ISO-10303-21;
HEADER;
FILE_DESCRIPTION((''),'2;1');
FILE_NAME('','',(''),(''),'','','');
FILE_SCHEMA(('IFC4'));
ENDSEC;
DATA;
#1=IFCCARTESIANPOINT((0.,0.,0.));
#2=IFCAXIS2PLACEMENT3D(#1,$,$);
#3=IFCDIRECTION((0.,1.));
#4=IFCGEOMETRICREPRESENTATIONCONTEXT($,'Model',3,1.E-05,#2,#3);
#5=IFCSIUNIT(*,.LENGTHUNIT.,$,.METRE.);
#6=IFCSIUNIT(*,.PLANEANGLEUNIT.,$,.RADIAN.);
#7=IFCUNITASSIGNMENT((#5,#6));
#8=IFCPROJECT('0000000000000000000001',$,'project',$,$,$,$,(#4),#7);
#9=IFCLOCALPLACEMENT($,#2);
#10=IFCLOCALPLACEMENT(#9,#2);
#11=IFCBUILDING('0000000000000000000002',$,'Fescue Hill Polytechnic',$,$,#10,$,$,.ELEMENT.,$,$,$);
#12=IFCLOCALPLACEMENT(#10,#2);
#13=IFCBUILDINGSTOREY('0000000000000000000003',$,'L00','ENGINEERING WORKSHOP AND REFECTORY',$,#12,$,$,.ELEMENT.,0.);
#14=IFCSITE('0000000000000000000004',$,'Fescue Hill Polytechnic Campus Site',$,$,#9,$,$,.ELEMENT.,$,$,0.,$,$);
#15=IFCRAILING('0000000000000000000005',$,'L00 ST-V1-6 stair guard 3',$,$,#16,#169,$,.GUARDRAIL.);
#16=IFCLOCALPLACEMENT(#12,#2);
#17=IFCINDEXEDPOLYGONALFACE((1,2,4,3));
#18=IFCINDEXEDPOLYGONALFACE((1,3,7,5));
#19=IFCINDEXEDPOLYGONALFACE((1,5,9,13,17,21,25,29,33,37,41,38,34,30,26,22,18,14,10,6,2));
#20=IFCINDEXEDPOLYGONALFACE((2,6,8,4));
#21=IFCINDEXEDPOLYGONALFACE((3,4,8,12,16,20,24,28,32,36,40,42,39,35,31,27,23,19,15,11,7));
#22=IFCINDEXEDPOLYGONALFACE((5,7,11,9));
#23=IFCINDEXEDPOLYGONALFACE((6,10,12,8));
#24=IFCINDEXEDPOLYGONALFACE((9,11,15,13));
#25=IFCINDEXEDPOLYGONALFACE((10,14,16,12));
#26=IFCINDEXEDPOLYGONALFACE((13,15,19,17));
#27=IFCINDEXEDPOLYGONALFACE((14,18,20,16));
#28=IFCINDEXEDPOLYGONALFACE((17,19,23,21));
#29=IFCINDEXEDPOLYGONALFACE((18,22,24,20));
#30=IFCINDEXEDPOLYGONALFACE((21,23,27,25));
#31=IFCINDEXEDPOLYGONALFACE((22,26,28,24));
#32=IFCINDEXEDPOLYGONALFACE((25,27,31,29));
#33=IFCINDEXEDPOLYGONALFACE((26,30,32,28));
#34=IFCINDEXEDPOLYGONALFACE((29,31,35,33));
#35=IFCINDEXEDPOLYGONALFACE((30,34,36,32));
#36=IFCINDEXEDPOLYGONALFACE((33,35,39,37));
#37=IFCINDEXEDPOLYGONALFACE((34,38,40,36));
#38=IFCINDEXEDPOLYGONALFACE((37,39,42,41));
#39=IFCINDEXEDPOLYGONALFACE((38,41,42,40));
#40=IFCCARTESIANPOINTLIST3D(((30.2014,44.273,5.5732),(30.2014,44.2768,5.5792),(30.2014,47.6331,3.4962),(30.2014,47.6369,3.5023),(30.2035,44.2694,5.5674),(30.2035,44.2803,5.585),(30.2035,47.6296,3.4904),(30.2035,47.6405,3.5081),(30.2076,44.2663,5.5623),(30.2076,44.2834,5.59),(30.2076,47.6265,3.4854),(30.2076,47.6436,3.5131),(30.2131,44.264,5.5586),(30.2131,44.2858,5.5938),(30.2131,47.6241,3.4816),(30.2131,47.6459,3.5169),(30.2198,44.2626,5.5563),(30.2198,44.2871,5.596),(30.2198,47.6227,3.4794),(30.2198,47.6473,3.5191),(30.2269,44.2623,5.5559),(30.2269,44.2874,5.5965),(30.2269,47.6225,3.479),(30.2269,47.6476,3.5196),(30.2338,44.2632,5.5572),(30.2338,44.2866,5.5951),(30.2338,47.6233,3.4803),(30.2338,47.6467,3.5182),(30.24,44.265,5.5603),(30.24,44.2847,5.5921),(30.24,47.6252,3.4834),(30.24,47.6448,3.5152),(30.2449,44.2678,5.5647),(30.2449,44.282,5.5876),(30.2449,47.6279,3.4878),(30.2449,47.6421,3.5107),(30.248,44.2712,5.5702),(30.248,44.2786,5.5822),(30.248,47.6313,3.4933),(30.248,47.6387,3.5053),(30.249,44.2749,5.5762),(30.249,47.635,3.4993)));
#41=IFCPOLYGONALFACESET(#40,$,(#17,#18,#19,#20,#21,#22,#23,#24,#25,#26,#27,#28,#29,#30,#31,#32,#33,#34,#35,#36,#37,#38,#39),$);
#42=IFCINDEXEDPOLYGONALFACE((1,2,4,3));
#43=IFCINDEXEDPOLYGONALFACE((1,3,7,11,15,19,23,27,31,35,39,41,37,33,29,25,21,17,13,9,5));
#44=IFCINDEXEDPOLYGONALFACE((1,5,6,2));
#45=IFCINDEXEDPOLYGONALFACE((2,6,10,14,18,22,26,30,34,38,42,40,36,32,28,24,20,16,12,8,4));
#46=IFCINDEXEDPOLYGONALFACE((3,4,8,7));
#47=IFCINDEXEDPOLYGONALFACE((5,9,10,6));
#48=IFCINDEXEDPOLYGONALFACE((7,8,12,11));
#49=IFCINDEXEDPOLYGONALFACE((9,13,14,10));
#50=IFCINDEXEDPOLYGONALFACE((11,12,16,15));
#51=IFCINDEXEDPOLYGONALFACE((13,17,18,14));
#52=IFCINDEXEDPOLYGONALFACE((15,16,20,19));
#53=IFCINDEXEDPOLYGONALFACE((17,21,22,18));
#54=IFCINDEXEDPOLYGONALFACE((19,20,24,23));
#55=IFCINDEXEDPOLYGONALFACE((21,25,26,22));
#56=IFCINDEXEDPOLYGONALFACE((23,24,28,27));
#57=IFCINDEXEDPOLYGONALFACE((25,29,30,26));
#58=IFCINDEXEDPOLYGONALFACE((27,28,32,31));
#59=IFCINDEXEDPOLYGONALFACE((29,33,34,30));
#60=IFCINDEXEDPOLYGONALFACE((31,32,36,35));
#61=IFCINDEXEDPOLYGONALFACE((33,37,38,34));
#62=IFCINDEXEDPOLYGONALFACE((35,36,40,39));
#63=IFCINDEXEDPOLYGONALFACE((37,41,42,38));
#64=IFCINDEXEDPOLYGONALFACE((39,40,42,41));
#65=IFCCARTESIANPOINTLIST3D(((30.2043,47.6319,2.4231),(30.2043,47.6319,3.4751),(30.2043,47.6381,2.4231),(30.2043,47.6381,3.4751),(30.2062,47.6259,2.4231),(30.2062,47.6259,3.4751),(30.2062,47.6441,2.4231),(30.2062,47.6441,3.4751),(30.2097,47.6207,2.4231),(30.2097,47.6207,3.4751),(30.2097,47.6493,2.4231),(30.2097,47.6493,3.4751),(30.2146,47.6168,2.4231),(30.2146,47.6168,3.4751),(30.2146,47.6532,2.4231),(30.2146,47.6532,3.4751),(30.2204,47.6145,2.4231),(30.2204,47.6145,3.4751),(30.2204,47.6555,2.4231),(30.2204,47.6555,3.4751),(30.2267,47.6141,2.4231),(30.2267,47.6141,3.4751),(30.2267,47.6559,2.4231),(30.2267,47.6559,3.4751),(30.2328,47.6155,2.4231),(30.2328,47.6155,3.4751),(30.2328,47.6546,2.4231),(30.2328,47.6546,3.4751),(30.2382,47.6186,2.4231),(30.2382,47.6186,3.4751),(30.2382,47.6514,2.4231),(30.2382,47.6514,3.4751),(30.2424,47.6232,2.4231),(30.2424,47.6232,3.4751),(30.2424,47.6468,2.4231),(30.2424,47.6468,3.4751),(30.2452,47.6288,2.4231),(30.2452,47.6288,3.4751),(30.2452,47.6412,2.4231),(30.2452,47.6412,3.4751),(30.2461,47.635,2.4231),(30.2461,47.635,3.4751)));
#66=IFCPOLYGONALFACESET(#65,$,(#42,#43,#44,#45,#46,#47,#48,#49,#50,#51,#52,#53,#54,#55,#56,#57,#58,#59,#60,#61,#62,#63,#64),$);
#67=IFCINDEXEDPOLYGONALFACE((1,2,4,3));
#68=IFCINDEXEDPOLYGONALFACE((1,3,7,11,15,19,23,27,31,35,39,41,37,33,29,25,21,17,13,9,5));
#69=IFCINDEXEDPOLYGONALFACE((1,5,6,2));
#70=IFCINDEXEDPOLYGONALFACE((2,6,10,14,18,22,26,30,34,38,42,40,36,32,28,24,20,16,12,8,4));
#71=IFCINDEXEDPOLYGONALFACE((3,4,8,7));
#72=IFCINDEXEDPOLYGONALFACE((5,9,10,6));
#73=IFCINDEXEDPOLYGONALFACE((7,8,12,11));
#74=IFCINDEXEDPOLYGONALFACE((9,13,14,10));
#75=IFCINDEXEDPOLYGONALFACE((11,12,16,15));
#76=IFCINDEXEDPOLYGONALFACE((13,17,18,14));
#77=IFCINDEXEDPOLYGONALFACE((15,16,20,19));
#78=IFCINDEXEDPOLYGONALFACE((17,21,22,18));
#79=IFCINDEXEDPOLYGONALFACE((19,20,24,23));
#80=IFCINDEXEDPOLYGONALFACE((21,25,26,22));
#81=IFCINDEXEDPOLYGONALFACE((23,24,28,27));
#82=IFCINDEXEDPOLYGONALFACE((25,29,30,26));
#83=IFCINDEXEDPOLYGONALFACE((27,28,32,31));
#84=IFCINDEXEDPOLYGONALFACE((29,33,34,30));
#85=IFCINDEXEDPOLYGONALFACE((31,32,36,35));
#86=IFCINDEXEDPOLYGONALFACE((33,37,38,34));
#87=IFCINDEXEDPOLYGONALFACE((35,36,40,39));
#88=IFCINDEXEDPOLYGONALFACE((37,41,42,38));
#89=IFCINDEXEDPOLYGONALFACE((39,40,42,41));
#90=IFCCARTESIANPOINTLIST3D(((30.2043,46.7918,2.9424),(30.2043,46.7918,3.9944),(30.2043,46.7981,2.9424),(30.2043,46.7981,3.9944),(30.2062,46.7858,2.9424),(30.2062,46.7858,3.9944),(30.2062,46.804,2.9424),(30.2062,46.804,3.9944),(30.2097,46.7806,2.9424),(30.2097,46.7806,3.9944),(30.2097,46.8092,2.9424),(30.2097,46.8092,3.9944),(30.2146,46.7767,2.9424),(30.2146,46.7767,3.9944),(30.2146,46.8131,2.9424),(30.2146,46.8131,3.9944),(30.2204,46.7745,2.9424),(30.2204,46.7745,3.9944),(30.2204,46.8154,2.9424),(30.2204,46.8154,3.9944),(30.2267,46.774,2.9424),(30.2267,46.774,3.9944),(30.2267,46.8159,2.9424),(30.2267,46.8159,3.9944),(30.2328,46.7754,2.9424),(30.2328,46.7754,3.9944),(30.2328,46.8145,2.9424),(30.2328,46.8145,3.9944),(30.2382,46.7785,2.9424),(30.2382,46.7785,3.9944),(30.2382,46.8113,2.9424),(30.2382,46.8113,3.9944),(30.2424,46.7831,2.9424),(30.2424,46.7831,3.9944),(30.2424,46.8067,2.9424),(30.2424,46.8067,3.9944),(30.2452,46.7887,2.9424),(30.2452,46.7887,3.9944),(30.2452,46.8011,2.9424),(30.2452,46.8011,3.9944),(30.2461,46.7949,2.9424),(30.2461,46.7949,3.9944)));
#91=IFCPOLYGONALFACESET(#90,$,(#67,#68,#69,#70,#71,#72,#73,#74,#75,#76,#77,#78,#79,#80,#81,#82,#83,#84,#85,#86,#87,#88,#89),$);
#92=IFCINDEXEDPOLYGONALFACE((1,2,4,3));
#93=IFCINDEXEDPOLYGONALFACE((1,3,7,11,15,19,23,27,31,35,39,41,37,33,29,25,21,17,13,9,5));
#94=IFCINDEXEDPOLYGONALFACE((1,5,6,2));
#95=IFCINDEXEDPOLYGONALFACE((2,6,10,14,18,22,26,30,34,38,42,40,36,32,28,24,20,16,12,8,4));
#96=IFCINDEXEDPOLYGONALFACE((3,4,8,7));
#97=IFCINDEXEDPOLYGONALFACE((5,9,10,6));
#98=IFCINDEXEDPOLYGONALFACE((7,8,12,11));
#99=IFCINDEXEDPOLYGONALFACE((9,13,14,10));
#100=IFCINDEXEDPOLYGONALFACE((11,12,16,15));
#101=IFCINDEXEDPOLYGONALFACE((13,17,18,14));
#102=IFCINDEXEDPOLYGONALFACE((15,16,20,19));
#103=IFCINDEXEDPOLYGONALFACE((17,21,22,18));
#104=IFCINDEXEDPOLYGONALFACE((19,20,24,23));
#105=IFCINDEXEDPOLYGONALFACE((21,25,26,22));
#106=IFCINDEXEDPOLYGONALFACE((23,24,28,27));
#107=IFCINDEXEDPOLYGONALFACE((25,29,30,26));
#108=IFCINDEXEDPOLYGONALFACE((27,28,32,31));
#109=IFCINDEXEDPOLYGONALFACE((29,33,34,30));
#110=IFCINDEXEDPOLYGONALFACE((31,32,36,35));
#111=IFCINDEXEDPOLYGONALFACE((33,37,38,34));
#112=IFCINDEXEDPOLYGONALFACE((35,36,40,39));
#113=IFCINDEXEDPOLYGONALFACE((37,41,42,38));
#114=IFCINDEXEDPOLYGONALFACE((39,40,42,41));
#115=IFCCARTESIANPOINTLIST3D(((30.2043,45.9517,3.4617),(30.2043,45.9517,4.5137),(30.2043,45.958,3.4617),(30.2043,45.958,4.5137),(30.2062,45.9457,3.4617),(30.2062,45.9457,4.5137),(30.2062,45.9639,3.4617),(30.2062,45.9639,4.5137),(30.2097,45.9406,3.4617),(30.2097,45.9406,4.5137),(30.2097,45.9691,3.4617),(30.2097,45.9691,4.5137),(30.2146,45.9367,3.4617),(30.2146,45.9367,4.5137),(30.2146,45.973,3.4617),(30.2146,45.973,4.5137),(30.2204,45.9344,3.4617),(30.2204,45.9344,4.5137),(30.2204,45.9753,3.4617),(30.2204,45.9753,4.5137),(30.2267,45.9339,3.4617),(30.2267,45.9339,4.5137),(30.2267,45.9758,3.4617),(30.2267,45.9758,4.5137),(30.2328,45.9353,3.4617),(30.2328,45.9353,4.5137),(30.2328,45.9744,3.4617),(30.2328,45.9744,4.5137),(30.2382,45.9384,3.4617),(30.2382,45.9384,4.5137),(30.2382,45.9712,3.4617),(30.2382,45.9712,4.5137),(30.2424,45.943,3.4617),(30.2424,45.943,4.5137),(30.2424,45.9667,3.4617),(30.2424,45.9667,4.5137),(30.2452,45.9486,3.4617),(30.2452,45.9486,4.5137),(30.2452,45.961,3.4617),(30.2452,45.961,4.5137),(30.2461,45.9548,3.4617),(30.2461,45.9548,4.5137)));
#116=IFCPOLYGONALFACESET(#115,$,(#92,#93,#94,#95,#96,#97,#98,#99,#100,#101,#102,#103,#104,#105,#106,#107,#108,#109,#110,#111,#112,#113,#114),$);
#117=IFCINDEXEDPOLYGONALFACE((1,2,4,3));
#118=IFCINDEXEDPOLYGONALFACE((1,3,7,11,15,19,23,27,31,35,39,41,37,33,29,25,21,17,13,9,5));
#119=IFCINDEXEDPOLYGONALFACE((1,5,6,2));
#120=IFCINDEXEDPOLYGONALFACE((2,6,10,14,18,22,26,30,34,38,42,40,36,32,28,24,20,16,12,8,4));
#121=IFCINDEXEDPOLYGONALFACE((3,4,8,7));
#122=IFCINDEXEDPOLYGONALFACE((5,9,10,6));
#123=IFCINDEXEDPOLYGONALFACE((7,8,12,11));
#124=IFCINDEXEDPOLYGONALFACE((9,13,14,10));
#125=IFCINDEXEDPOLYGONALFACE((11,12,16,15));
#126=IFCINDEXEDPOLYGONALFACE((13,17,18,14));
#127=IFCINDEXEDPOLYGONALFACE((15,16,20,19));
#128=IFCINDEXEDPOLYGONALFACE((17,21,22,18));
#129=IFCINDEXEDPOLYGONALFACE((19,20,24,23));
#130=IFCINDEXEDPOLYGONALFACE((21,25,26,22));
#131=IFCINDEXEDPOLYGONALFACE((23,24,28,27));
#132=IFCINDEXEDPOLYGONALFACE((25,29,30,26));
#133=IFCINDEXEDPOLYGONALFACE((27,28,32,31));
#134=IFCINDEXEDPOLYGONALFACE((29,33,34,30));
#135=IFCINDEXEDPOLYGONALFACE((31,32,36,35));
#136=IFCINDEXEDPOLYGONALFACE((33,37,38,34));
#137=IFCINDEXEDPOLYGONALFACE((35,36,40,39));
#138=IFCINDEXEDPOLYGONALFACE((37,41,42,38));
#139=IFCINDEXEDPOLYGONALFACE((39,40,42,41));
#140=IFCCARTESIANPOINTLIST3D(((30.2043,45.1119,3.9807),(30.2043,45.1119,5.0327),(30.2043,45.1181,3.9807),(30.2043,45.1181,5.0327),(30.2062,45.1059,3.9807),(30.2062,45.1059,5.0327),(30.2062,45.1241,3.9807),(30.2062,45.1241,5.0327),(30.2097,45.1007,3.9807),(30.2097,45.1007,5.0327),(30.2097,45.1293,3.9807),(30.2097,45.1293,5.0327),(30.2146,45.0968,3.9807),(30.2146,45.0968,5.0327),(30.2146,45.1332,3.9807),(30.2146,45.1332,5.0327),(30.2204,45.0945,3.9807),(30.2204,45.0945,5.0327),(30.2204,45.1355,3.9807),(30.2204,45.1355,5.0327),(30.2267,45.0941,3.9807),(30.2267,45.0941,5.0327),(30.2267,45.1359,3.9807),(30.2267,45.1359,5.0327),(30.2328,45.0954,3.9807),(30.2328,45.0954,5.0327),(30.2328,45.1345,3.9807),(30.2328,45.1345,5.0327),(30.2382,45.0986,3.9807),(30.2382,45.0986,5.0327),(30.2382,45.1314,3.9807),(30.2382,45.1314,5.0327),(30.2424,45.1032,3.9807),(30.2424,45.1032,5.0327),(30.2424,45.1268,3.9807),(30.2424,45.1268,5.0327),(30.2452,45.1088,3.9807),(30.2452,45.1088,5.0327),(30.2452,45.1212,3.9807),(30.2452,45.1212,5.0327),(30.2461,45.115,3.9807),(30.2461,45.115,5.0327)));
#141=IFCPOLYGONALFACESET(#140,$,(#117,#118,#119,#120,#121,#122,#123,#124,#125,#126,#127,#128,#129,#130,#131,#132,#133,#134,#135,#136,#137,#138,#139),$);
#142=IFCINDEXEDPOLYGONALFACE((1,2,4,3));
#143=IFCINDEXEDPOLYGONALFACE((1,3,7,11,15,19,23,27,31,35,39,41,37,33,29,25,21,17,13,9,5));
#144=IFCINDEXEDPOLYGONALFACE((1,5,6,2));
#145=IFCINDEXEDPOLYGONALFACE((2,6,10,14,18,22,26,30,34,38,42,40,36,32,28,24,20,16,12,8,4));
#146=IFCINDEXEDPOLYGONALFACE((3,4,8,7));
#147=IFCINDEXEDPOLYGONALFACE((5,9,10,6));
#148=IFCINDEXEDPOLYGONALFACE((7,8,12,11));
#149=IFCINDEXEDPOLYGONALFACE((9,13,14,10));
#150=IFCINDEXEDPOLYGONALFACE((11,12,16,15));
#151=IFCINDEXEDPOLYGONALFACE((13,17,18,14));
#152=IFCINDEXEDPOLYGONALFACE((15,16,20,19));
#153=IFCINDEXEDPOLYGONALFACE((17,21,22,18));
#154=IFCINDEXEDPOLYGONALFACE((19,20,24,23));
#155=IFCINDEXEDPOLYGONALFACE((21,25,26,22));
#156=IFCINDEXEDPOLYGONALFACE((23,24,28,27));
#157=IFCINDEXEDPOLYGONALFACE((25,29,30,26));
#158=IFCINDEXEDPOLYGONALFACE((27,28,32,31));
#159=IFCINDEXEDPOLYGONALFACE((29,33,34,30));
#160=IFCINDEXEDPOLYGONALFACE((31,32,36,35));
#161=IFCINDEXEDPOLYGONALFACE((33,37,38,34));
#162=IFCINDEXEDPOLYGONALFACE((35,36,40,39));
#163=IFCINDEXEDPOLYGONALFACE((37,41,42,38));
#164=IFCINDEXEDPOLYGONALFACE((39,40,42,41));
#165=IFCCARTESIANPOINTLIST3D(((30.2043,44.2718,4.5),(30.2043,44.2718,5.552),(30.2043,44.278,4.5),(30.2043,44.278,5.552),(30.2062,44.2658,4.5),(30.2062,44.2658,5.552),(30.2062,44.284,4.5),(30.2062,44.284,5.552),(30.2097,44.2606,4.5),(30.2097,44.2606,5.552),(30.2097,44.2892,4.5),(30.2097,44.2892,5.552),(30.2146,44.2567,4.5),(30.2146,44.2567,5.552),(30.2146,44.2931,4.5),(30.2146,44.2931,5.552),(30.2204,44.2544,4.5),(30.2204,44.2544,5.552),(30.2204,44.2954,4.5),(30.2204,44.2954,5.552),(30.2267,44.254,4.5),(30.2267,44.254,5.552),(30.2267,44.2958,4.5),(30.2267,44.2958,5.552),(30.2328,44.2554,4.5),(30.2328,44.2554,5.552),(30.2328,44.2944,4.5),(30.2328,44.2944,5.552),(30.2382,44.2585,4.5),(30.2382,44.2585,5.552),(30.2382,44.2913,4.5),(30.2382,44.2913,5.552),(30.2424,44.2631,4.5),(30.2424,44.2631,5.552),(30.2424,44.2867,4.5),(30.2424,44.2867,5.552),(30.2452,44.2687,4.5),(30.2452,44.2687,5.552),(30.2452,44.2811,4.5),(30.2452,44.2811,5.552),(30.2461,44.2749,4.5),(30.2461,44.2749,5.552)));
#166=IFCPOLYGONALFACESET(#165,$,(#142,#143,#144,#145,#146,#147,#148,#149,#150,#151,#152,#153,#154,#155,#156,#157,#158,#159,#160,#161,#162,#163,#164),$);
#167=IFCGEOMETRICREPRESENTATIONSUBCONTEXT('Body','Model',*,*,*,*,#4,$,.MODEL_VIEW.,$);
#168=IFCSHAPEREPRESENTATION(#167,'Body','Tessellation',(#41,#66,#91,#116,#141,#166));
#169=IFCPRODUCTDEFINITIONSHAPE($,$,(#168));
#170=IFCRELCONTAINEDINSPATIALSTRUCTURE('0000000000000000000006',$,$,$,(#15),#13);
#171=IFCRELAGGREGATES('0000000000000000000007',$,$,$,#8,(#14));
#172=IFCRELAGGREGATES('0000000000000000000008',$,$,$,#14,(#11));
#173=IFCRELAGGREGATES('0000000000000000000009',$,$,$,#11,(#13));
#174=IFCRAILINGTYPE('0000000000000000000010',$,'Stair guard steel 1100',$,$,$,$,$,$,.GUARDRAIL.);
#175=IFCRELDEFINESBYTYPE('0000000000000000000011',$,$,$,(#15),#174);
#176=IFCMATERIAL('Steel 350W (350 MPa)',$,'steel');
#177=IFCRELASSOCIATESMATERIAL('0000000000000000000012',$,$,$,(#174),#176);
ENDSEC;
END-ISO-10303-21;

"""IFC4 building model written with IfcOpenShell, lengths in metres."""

from ifc_helpers import new_model, si_unit, direction, frame, origin, origin_2d, place, context, subcontext, project, spatial, circle, extrude, material, type_object, element, save


model = new_model("IFC4")

# Units and contexts
model_context = context("Model", 3, precision=1e-05, world=origin(), true_north=direction((0.0, 1.0)))
body_context = subcontext(model_context, "Body", "Model", "MODEL_VIEW")
ifc_project = project(units=[si_unit("LENGTHUNIT", "METRE"), si_unit("PLANEANGLEUNIT", "RADIAN")], contexts=[model_context])

# Site, building, storey
site_placement = place(None, origin())
site = spatial("IfcSite", under=ifc_project, at=site_placement, Name="Fescue Hill Polytechnic Campus Site", CompositionType="ELEMENT", RefElevation=0.0)
building_placement = place(site_placement, origin())
building = spatial("IfcBuilding", under=site, at=building_placement, Name="Fescue Hill Polytechnic", CompositionType="ELEMENT")
storey_placement = place(building_placement, origin())
storey = spatial("IfcBuildingStorey", under=building, at=storey_placement, Name="L00", Description="ENGINEERING WORKSHOP AND REFECTORY", CompositionType="ELEMENT", Elevation=0.0)

# Railing
ifc_material_1 = material(Name="Steel 350W (350 MPa)", Category="steel")
railing_type_1 = type_object("IfcRailingType", Name="Stair guard steel 1100", PredefinedType="GUARDRAIL", material=ifc_material_1)
railing_1_placement = place(storey_placement, frame((30.2251, 47.635, 2.4231)))
element("IfcRailing", 1, at=railing_1_placement, inside=storey, type_object=railing_type_1, Name="L00 ST-V1-6 stair guard 3", PredefinedType="GUARDRAIL", context=body_context, shape_type="SweptSolid", body=[
    extrude(circle(Radius=0.0239, at=origin_2d()), frame((0.0, 0.0, 1.0762), z_axis=(0.0, -0.850623, 0.525776), x_axis=(1.0, 0.0, 0.0)), (0.0, 0.0, 1.0), 3.9502),
    extrude(circle(Radius=0.021, at=origin_2d()), origin(), (0.0, 0.0, 1.0), 1.052),
    extrude(circle(Radius=0.021, at=origin_2d()), frame((0.0, -0.8401, 0.5193)), (0.0, 0.0, 1.0), 1.052),
    extrude(circle(Radius=0.021, at=origin_2d()), frame((0.0, -1.6802, 1.0386)), (0.0, 0.0, 1.0), 1.052),
    extrude(circle(Radius=0.021, at=origin_2d()), frame((0.0, -2.52, 1.5576)), (0.0, 0.0, 1.0), 1.052),
    extrude(circle(Radius=0.021, at=origin_2d()), frame((0.0, -3.3601, 2.0769)), (0.0, 0.0, 1.0), 1.052),
])

save(model, "model.ifc")
